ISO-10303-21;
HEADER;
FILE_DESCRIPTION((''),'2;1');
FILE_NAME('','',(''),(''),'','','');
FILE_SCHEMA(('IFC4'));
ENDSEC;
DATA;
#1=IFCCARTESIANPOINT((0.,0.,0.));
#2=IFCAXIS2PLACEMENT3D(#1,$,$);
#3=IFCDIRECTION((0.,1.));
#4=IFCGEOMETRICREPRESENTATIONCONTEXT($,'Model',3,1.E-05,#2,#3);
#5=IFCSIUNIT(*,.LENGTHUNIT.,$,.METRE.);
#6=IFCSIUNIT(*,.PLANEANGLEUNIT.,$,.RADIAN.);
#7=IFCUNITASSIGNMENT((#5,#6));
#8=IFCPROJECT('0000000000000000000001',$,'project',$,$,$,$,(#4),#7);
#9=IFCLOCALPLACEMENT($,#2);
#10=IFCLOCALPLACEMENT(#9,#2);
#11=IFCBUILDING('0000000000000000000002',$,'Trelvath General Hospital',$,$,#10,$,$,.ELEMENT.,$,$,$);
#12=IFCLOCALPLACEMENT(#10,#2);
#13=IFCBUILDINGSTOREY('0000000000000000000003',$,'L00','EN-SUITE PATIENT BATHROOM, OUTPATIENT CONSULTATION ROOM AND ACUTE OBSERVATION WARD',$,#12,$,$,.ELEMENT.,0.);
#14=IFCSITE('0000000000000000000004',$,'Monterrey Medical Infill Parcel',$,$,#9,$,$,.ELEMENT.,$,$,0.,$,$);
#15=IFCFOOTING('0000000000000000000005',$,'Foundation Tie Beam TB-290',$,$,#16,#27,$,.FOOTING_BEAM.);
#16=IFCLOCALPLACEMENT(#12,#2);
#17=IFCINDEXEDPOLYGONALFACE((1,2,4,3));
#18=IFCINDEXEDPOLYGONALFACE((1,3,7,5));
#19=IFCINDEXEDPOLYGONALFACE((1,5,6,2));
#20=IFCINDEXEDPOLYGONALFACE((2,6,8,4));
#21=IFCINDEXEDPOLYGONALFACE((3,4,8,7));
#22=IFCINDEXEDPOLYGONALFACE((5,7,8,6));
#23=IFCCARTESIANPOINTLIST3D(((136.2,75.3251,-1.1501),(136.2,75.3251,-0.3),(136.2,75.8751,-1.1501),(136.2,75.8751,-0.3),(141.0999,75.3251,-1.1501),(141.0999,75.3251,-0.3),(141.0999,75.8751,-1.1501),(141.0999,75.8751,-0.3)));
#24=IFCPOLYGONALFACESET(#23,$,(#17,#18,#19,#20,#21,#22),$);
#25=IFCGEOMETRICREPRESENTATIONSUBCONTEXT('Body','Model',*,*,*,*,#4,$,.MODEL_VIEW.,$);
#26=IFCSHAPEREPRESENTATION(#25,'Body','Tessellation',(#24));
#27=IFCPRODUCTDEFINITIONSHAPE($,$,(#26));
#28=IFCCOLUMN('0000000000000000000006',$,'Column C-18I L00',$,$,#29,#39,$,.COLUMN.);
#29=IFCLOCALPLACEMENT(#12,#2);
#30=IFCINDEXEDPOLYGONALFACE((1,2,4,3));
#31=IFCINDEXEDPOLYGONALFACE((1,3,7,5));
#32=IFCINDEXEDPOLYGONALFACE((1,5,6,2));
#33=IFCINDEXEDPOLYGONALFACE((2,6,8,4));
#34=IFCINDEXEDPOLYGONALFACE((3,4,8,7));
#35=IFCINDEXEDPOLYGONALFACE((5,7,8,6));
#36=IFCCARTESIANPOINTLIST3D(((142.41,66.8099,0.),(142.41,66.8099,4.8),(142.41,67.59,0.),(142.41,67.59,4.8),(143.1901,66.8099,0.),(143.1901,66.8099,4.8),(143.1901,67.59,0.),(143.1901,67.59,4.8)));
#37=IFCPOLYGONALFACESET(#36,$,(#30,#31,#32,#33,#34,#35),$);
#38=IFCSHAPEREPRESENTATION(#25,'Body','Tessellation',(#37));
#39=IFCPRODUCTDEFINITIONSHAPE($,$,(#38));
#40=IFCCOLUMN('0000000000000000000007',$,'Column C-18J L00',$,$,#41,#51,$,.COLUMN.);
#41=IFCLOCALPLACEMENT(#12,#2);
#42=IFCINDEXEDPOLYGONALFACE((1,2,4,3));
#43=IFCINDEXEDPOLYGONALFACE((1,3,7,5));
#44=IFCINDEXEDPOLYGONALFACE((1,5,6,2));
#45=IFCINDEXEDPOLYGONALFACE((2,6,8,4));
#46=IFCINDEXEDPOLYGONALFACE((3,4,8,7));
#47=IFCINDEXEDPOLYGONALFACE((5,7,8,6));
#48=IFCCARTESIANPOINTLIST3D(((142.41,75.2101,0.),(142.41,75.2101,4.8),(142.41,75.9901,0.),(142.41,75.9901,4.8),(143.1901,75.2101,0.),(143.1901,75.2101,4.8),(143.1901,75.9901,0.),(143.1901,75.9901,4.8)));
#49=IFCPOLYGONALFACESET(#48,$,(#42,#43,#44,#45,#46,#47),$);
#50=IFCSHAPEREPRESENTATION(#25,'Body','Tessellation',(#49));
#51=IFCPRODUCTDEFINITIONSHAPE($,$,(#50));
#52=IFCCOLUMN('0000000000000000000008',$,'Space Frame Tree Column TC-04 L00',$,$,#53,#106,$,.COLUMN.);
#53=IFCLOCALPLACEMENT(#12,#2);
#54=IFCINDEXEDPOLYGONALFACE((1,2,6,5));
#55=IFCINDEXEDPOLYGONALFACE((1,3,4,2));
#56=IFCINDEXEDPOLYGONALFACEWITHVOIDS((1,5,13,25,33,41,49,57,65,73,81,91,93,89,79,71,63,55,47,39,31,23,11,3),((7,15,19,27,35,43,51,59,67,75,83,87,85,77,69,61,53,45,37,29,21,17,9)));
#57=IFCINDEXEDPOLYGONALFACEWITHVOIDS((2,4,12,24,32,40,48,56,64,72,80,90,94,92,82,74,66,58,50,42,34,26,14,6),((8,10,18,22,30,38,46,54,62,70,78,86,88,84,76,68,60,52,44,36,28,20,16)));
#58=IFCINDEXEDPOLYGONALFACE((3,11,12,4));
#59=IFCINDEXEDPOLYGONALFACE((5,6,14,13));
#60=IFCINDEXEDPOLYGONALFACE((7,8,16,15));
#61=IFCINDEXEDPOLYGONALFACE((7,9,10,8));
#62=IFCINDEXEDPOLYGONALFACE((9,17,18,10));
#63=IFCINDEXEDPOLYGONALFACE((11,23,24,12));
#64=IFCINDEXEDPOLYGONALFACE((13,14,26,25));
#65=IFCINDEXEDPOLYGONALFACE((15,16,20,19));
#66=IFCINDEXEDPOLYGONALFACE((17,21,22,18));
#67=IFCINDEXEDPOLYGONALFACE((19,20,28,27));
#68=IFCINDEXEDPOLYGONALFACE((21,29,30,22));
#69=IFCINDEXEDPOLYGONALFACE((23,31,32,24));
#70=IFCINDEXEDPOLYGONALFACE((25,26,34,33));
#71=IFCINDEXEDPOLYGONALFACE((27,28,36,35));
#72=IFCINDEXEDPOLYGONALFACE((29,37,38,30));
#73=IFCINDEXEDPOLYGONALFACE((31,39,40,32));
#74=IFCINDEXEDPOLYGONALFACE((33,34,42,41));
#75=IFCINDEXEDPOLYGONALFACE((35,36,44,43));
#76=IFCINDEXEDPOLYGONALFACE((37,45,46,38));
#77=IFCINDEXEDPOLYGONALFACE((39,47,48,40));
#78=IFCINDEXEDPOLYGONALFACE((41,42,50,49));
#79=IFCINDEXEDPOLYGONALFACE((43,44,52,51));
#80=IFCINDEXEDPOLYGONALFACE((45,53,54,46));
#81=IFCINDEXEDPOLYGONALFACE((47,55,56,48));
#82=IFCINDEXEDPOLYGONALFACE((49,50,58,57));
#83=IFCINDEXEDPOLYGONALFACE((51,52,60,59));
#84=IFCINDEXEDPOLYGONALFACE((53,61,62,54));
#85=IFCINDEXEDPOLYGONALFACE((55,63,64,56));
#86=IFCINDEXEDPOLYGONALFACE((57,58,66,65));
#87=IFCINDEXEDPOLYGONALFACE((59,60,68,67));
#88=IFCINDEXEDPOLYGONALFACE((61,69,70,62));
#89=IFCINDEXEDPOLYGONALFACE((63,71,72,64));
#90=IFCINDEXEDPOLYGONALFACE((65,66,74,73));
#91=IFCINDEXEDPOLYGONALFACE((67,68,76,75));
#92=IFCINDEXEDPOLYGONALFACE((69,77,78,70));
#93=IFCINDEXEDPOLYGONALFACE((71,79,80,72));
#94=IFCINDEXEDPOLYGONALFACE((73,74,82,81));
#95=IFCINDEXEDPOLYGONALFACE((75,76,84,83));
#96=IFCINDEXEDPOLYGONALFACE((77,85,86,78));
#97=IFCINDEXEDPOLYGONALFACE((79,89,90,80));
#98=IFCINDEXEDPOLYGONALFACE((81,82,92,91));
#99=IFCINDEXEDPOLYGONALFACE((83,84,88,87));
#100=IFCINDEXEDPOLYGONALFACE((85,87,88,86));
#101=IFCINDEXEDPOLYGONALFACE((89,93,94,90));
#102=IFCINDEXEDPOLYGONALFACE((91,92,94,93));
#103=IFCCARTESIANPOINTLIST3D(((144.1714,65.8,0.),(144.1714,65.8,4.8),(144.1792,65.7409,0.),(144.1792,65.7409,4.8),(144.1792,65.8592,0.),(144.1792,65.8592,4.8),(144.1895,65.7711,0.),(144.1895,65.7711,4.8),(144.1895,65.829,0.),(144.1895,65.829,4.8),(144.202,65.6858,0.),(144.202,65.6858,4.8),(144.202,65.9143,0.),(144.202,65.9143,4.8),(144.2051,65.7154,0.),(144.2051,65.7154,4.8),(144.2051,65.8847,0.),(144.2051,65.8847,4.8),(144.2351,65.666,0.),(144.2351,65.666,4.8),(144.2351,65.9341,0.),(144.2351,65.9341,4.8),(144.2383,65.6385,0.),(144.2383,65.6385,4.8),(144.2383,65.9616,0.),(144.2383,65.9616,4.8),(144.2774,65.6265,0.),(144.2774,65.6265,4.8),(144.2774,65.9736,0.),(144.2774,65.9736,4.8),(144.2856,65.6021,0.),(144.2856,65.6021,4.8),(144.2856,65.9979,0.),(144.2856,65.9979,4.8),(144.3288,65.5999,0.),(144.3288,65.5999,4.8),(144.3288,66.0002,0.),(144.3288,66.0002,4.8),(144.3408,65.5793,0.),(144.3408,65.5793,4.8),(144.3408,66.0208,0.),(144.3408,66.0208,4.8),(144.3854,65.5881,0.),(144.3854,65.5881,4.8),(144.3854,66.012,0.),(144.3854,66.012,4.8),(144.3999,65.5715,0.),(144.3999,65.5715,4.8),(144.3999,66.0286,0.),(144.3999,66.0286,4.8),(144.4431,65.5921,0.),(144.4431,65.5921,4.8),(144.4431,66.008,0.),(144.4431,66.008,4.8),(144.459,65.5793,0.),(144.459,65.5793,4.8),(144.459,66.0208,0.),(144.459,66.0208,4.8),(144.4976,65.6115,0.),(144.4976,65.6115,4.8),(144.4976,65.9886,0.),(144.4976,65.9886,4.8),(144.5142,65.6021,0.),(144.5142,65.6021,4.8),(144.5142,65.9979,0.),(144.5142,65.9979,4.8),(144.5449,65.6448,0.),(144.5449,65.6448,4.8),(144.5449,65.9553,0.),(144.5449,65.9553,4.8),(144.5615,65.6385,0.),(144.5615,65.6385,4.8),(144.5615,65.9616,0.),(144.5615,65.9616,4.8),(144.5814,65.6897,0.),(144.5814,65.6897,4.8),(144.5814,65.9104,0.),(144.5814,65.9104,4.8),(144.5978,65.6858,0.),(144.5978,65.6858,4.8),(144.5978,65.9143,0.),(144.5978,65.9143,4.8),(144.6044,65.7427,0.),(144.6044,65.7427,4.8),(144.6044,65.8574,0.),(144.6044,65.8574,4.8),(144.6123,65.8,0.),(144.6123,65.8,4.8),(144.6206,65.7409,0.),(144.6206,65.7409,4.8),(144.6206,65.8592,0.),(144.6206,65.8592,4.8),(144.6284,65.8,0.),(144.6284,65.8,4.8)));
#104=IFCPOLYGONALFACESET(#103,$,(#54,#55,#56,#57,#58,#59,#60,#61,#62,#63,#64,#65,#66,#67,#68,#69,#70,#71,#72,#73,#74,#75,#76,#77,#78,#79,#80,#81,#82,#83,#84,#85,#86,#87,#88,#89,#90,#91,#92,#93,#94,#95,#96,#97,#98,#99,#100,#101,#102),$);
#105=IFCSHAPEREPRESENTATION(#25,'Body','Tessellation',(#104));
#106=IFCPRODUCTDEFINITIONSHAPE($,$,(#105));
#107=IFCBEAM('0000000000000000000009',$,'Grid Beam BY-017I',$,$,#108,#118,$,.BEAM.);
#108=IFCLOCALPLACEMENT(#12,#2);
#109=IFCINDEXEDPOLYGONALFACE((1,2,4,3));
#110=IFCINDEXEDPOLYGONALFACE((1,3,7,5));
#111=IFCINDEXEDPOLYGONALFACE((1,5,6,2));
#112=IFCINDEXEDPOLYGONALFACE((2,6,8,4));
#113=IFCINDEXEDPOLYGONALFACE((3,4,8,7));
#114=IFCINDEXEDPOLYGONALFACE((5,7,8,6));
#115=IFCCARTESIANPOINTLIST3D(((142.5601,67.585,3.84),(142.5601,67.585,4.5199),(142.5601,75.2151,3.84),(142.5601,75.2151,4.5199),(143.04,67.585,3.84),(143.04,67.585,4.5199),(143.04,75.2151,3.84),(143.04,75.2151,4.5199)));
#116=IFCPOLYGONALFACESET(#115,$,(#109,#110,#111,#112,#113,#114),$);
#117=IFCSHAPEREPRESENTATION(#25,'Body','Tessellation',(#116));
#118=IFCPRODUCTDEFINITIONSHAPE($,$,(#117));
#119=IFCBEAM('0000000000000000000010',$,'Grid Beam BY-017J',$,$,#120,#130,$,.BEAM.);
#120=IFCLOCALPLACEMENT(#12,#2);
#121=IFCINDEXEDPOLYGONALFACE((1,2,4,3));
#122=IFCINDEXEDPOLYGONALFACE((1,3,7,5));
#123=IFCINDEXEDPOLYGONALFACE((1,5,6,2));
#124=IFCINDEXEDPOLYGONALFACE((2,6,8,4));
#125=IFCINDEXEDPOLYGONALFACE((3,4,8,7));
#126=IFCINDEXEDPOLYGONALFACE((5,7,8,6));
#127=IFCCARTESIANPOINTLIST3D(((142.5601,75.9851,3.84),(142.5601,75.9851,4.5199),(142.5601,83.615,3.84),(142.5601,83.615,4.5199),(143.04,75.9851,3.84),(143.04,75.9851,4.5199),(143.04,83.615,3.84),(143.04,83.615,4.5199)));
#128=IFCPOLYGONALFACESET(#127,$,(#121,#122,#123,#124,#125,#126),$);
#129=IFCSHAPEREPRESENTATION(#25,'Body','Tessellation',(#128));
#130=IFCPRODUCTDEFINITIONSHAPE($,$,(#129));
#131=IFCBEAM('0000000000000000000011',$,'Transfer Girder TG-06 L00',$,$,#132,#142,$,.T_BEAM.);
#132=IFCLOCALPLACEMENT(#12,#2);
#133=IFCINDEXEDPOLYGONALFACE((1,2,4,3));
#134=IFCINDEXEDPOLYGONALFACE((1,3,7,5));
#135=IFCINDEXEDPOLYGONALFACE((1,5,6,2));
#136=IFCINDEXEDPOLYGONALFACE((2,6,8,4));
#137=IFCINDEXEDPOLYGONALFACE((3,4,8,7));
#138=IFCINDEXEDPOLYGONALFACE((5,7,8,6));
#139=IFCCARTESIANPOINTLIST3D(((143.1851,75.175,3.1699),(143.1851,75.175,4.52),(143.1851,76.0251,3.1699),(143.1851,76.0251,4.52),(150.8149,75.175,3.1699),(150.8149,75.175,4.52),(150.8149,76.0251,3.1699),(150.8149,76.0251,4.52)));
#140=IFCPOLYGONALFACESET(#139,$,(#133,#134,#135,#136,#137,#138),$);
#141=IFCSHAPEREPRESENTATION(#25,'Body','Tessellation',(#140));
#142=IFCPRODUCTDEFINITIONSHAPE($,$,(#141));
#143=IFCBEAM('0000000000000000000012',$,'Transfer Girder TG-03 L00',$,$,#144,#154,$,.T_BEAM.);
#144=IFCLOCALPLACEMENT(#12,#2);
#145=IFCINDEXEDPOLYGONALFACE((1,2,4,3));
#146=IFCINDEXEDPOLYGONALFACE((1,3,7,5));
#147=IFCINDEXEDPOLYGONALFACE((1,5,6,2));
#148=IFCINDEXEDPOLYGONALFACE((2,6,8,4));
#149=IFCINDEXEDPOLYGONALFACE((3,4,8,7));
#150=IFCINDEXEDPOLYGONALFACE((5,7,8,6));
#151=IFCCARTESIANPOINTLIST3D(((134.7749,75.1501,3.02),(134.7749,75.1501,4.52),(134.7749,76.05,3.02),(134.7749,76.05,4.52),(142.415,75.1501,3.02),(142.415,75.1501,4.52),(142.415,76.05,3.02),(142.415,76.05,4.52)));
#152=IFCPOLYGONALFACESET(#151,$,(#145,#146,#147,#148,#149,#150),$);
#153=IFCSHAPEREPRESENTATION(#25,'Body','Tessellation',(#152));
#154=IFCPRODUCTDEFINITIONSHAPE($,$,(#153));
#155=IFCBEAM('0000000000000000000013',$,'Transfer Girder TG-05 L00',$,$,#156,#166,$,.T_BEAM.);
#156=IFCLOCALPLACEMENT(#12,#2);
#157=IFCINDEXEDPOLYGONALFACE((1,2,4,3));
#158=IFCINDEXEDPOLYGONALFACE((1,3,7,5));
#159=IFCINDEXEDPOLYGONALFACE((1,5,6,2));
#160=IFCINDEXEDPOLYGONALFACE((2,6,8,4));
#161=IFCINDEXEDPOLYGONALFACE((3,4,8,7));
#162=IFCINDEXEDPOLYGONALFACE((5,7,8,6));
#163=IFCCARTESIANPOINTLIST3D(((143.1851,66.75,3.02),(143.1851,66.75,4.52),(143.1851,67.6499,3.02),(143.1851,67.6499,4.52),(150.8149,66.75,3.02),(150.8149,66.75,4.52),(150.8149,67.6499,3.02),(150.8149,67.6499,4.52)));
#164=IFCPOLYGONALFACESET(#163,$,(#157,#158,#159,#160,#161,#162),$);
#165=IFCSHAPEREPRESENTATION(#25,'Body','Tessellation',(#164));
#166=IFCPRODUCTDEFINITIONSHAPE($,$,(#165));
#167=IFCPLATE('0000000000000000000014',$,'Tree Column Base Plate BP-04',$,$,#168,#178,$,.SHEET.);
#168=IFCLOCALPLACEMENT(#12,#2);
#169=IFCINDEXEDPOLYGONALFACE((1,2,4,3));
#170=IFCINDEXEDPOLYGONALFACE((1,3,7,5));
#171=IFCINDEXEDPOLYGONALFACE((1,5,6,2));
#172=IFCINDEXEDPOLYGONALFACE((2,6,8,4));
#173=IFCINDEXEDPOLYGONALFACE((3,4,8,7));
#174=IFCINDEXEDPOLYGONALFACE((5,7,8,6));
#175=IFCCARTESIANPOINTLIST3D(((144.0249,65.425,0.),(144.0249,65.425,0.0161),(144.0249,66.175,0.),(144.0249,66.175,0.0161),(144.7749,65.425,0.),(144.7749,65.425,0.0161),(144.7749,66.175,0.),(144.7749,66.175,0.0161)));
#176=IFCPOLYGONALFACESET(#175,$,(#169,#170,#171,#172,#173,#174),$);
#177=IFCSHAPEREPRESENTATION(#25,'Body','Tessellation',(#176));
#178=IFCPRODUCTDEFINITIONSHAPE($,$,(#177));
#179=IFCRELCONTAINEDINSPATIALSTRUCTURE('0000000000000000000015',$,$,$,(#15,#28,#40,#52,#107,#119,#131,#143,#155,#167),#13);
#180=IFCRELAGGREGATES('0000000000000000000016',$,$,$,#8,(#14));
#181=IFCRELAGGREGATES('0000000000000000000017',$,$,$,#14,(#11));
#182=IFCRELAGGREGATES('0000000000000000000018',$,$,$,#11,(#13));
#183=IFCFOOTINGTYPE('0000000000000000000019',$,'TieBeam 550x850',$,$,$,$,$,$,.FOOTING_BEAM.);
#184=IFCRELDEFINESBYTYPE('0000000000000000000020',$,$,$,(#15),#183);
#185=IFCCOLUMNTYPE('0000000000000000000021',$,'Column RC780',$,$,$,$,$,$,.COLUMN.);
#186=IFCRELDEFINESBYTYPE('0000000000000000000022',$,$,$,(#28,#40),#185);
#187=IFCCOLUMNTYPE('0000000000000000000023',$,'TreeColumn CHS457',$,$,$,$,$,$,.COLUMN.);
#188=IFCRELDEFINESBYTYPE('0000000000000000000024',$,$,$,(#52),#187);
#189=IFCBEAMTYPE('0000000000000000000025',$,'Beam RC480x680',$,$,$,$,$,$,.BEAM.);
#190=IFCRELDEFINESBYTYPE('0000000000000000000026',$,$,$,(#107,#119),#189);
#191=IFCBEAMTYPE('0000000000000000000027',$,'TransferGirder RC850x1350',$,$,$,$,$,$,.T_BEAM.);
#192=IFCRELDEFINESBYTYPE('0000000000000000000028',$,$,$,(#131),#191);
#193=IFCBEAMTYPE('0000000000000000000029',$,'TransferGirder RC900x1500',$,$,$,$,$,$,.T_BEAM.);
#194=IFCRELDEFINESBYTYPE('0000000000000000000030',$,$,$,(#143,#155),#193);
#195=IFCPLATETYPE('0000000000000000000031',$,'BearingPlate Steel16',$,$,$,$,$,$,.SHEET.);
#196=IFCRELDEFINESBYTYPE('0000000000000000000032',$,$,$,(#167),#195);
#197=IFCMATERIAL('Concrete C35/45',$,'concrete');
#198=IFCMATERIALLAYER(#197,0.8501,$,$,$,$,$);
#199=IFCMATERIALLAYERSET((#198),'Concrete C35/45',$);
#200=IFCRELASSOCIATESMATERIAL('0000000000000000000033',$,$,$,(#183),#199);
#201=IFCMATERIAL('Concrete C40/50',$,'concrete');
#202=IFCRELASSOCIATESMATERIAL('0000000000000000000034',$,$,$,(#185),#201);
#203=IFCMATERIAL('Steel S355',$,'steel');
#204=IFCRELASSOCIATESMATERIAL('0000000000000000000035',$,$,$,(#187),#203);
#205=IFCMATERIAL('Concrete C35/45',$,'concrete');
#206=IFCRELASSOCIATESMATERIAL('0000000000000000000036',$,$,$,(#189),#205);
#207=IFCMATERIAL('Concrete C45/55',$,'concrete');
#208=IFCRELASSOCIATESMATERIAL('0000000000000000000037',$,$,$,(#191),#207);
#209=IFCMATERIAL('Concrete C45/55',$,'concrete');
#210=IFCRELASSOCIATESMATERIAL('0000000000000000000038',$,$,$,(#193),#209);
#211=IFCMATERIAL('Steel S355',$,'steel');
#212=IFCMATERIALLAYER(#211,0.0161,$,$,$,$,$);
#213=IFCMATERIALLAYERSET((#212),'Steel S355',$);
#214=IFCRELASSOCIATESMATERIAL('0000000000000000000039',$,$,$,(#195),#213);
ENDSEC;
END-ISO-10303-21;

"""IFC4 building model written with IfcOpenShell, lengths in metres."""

from ifc_helpers import new_model, si_unit, direction, frame, origin, origin_2d, place, context, subcontext, project, spatial, rectangle, hollow_circle, extrude, material, layer, layer_set, material_profile, profile_set, type_object, element, save


model = new_model("IFC4")

# Units and contexts
model_context = context("Model", 3, precision=1e-05, world=origin(), true_north=direction((0.0, 1.0)))
body_context = subcontext(model_context, "Body", "Model", "MODEL_VIEW")
ifc_project = project(units=[si_unit("LENGTHUNIT", "METRE"), si_unit("PLANEANGLEUNIT", "RADIAN")], contexts=[model_context])

# Site, building, storey
site_placement = place(None, origin())
site = spatial("IfcSite", under=ifc_project, at=site_placement, Name="Monterrey Medical Infill Parcel", CompositionType="ELEMENT", RefElevation=0.0)
building_placement = place(site_placement, origin())
building = spatial("IfcBuilding", under=site, at=building_placement, Name="Trelvath General Hospital", CompositionType="ELEMENT")
storey_placement = place(building_placement, origin())
storey = spatial("IfcBuildingStorey", under=building, at=storey_placement, Name="L00", Description="EN-SUITE PATIENT BATHROOM, OUTPATIENT CONSULTATION ROOM AND ACUTE OBSERVATION WARD", CompositionType="ELEMENT", Elevation=0.0)

# Footing
ifc_material_1 = material(Name="Concrete C35/45", Category="concrete")
ifc_layer_1 = layer(ifc_material_1, 0.8501)
ifc_layer_set_1 = layer_set([ifc_layer_1], Name="Concrete C35/45")
footing_type_1 = type_object("IfcFootingType", Name="TieBeam 550x850", PredefinedType="FOOTING_BEAM", material=ifc_layer_set_1)
footing_1_placement = place(storey_placement, frame((138.6499, 75.6001, -1.1501), z_axis=(0.0, 0.0, 1.0), x_axis=(1.0, 0.0, 0.0)))
element("IfcFooting", 1, at=footing_1_placement, inside=storey, type_object=footing_type_1, Name="Foundation Tie Beam TB-290", PredefinedType="FOOTING_BEAM", context=body_context, shape_type="SweptSolid", body=[
    extrude(rectangle(XDim=4.8999, YDim=0.55, at=origin_2d()), origin(), (0.0, 0.0, 1.0), 0.8501),
])

# Columns
ifc_material_2 = material(Name="Concrete C40/50", Category="concrete")
ifc_material_profile_1 = material_profile(ifc_material_2, rectangle(XDim=0.78, YDim=0.78, at=origin_2d()), Name="RC780x780")
ifc_profile_set_1 = profile_set([ifc_material_profile_1], Name="Concrete C40/50")
column_type_1 = type_object("IfcColumnType", Name="Column RC780", PredefinedType="COLUMN", material=ifc_profile_set_1)
for number, where, z_axis, x_axis, name in (
    (2, (142.8, 67.2, 0.0), (0.0, 0.0, 1.0), (1.0, 0.0, 0.0), "Column C-18I L00"),
    (3, (142.8, 75.6001, 0.0), (0.0, 0.0, 1.0), (1.0, 0.0, 0.0), "Column C-18J L00"),
):
    element("IfcColumn", number, at=place(storey_placement, frame(where, z_axis=z_axis, x_axis=x_axis)), inside=storey, type_object=column_type_1, Name=name, PredefinedType="COLUMN", context=body_context, shape_type="SweptSolid", body=[
        extrude(rectangle(XDim=0.78, YDim=0.78, at=origin_2d()), origin(), (0.0, 0.0, 1.0), 4.8),
    ])
ifc_material_3 = material(Name="Steel S355", Category="steel")
ifc_material_profile_2 = material_profile(ifc_material_3, hollow_circle(Radius=0.2285, WallThickness=0.0161, at=origin_2d()), Name="CHS457.0x16.0")
ifc_profile_set_2 = profile_set([ifc_material_profile_2], Name="Steel S355")
column_type_2 = type_object("IfcColumnType", Name="TreeColumn CHS457", PredefinedType="COLUMN", material=ifc_profile_set_2)
column_placement = place(storey_placement, frame((144.3999, 65.8, 0.0), z_axis=(0.0, 0.0, 1.0), x_axis=(1.0, 0.0, 0.0)))
element("IfcColumn", 4, at=column_placement, inside=storey, type_object=column_type_2, Name="Space Frame Tree Column TC-04 L00", PredefinedType="COLUMN", context=body_context, shape_type="SweptSolid", body=[
    extrude(hollow_circle(Radius=0.2285, WallThickness=0.0161, at=origin_2d()), origin(), (0.0, 0.0, 1.0), 4.8),
])

# Beams
ifc_material_4 = material(Name="Concrete C35/45", Category="concrete")
ifc_material_profile_3 = material_profile(ifc_material_4, rectangle(XDim=0.48, YDim=0.6799, at=origin_2d()), Name="RCB480x680")
ifc_profile_set_3 = profile_set([ifc_material_profile_3], Name="Concrete C35/45")
beam_type_1 = type_object("IfcBeamType", Name="Beam RC480x680", PredefinedType="BEAM", material=ifc_profile_set_3)
beam_1_placement = place(storey_placement, frame((142.8, 67.585, 4.1799), z_axis=(0.0, 1.0, 0.0), x_axis=(-1.0, 0.0, 0.0)))
element("IfcBeam", 5, at=beam_1_placement, inside=storey, type_object=beam_type_1, Name="Grid Beam BY-017I", PredefinedType="BEAM", context=body_context, shape_type="SweptSolid", body=[
    extrude(rectangle(XDim=0.48, YDim=0.6799, at=origin_2d()), origin(), (0.0, 0.0, 1.0), 7.6301),
])
beam_2_placement = place(storey_placement, frame((142.8, 75.9851, 4.1799), z_axis=(0.0, 1.0, 0.0), x_axis=(-1.0, 0.0, 0.0)))
element("IfcBeam", 6, at=beam_2_placement, inside=storey, type_object=beam_type_1, Name="Grid Beam BY-017J", PredefinedType="BEAM", context=body_context, shape_type="SweptSolid", body=[
    extrude(rectangle(XDim=0.48, YDim=0.6799, at=origin_2d()), origin(), (0.0, 0.0, 1.0), 7.6299),
])
ifc_material_5 = material(Name="Concrete C45/55", Category="concrete")
ifc_material_profile_4 = material_profile(ifc_material_5, rectangle(XDim=0.8501, YDim=1.3501, at=origin_2d()), Name="RCB850x1350")
ifc_profile_set_4 = profile_set([ifc_material_profile_4], Name="Concrete C45/55")
beam_type_2 = type_object("IfcBeamType", Name="TransferGirder RC850x1350", PredefinedType="T_BEAM", material=ifc_profile_set_4)
beam_3_placement = place(storey_placement, frame((143.1851, 75.6001, 3.845), z_axis=(1.0, 0.0, 0.0), x_axis=(0.0, 1.0, 0.0)))
element("IfcBeam", 7, at=beam_3_placement, inside=storey, type_object=beam_type_2, Name="Transfer Girder TG-06 L00", PredefinedType="T_BEAM", context=body_context, shape_type="SweptSolid", body=[
    extrude(rectangle(XDim=0.8501, YDim=1.3501, at=origin_2d()), origin(), (0.0, 0.0, 1.0), 7.6299),
])
ifc_material_6 = material(Name="Concrete C45/55", Category="concrete")
ifc_material_profile_5 = material_profile(ifc_material_6, rectangle(XDim=0.8999, YDim=1.5, at=origin_2d()), Name="RCB900x1500")
ifc_profile_set_5 = profile_set([ifc_material_profile_5], Name="Concrete C45/55")
beam_type_3 = type_object("IfcBeamType", Name="TransferGirder RC900x1500", PredefinedType="T_BEAM", material=ifc_profile_set_5)
beam_4_placement = place(storey_placement, frame((134.7749, 75.6001, 3.77), z_axis=(1.0, 0.0, 0.0), x_axis=(0.0, 1.0, 0.0)))
element("IfcBeam", 8, at=beam_4_placement, inside=storey, type_object=beam_type_3, Name="Transfer Girder TG-03 L00", PredefinedType="T_BEAM", context=body_context, shape_type="SweptSolid", body=[
    extrude(rectangle(XDim=0.8999, YDim=1.5, at=origin_2d()), origin(), (0.0, 0.0, 1.0), 7.6401),
])
beam_5_placement = place(storey_placement, frame((143.1851, 67.2, 3.77), z_axis=(1.0, 0.0, 0.0), x_axis=(0.0, 1.0, 0.0)))
element("IfcBeam", 9, at=beam_5_placement, inside=storey, type_object=beam_type_3, Name="Transfer Girder TG-05 L00", PredefinedType="T_BEAM", context=body_context, shape_type="SweptSolid", body=[
    extrude(rectangle(XDim=0.8999, YDim=1.5, at=origin_2d()), origin(), (0.0, 0.0, 1.0), 7.6299),
])

# Plate
ifc_material_7 = material(Name="Steel S355", Category="steel")
ifc_layer_2 = layer(ifc_material_7, 0.0161)
ifc_layer_set_2 = layer_set([ifc_layer_2], Name="Steel S355")
plate_type = type_object("IfcPlateType", Name="BearingPlate Steel16", PredefinedType="SHEET", material=ifc_layer_set_2)
plate_placement = place(storey_placement, frame((144.3999, 65.8, 0.0), z_axis=(0.0, 0.0, 1.0), x_axis=(1.0, 0.0, 0.0)))
element("IfcPlate", 10, at=plate_placement, inside=storey, type_object=plate_type, Name="Tree Column Base Plate BP-04", PredefinedType="SHEET", context=body_context, shape_type="SweptSolid", body=[
    extrude(rectangle(XDim=0.75, YDim=0.75, at=origin_2d()), origin(), (0.0, 0.0, 1.0), 0.0161),
])

save(model, "model.ifc")
